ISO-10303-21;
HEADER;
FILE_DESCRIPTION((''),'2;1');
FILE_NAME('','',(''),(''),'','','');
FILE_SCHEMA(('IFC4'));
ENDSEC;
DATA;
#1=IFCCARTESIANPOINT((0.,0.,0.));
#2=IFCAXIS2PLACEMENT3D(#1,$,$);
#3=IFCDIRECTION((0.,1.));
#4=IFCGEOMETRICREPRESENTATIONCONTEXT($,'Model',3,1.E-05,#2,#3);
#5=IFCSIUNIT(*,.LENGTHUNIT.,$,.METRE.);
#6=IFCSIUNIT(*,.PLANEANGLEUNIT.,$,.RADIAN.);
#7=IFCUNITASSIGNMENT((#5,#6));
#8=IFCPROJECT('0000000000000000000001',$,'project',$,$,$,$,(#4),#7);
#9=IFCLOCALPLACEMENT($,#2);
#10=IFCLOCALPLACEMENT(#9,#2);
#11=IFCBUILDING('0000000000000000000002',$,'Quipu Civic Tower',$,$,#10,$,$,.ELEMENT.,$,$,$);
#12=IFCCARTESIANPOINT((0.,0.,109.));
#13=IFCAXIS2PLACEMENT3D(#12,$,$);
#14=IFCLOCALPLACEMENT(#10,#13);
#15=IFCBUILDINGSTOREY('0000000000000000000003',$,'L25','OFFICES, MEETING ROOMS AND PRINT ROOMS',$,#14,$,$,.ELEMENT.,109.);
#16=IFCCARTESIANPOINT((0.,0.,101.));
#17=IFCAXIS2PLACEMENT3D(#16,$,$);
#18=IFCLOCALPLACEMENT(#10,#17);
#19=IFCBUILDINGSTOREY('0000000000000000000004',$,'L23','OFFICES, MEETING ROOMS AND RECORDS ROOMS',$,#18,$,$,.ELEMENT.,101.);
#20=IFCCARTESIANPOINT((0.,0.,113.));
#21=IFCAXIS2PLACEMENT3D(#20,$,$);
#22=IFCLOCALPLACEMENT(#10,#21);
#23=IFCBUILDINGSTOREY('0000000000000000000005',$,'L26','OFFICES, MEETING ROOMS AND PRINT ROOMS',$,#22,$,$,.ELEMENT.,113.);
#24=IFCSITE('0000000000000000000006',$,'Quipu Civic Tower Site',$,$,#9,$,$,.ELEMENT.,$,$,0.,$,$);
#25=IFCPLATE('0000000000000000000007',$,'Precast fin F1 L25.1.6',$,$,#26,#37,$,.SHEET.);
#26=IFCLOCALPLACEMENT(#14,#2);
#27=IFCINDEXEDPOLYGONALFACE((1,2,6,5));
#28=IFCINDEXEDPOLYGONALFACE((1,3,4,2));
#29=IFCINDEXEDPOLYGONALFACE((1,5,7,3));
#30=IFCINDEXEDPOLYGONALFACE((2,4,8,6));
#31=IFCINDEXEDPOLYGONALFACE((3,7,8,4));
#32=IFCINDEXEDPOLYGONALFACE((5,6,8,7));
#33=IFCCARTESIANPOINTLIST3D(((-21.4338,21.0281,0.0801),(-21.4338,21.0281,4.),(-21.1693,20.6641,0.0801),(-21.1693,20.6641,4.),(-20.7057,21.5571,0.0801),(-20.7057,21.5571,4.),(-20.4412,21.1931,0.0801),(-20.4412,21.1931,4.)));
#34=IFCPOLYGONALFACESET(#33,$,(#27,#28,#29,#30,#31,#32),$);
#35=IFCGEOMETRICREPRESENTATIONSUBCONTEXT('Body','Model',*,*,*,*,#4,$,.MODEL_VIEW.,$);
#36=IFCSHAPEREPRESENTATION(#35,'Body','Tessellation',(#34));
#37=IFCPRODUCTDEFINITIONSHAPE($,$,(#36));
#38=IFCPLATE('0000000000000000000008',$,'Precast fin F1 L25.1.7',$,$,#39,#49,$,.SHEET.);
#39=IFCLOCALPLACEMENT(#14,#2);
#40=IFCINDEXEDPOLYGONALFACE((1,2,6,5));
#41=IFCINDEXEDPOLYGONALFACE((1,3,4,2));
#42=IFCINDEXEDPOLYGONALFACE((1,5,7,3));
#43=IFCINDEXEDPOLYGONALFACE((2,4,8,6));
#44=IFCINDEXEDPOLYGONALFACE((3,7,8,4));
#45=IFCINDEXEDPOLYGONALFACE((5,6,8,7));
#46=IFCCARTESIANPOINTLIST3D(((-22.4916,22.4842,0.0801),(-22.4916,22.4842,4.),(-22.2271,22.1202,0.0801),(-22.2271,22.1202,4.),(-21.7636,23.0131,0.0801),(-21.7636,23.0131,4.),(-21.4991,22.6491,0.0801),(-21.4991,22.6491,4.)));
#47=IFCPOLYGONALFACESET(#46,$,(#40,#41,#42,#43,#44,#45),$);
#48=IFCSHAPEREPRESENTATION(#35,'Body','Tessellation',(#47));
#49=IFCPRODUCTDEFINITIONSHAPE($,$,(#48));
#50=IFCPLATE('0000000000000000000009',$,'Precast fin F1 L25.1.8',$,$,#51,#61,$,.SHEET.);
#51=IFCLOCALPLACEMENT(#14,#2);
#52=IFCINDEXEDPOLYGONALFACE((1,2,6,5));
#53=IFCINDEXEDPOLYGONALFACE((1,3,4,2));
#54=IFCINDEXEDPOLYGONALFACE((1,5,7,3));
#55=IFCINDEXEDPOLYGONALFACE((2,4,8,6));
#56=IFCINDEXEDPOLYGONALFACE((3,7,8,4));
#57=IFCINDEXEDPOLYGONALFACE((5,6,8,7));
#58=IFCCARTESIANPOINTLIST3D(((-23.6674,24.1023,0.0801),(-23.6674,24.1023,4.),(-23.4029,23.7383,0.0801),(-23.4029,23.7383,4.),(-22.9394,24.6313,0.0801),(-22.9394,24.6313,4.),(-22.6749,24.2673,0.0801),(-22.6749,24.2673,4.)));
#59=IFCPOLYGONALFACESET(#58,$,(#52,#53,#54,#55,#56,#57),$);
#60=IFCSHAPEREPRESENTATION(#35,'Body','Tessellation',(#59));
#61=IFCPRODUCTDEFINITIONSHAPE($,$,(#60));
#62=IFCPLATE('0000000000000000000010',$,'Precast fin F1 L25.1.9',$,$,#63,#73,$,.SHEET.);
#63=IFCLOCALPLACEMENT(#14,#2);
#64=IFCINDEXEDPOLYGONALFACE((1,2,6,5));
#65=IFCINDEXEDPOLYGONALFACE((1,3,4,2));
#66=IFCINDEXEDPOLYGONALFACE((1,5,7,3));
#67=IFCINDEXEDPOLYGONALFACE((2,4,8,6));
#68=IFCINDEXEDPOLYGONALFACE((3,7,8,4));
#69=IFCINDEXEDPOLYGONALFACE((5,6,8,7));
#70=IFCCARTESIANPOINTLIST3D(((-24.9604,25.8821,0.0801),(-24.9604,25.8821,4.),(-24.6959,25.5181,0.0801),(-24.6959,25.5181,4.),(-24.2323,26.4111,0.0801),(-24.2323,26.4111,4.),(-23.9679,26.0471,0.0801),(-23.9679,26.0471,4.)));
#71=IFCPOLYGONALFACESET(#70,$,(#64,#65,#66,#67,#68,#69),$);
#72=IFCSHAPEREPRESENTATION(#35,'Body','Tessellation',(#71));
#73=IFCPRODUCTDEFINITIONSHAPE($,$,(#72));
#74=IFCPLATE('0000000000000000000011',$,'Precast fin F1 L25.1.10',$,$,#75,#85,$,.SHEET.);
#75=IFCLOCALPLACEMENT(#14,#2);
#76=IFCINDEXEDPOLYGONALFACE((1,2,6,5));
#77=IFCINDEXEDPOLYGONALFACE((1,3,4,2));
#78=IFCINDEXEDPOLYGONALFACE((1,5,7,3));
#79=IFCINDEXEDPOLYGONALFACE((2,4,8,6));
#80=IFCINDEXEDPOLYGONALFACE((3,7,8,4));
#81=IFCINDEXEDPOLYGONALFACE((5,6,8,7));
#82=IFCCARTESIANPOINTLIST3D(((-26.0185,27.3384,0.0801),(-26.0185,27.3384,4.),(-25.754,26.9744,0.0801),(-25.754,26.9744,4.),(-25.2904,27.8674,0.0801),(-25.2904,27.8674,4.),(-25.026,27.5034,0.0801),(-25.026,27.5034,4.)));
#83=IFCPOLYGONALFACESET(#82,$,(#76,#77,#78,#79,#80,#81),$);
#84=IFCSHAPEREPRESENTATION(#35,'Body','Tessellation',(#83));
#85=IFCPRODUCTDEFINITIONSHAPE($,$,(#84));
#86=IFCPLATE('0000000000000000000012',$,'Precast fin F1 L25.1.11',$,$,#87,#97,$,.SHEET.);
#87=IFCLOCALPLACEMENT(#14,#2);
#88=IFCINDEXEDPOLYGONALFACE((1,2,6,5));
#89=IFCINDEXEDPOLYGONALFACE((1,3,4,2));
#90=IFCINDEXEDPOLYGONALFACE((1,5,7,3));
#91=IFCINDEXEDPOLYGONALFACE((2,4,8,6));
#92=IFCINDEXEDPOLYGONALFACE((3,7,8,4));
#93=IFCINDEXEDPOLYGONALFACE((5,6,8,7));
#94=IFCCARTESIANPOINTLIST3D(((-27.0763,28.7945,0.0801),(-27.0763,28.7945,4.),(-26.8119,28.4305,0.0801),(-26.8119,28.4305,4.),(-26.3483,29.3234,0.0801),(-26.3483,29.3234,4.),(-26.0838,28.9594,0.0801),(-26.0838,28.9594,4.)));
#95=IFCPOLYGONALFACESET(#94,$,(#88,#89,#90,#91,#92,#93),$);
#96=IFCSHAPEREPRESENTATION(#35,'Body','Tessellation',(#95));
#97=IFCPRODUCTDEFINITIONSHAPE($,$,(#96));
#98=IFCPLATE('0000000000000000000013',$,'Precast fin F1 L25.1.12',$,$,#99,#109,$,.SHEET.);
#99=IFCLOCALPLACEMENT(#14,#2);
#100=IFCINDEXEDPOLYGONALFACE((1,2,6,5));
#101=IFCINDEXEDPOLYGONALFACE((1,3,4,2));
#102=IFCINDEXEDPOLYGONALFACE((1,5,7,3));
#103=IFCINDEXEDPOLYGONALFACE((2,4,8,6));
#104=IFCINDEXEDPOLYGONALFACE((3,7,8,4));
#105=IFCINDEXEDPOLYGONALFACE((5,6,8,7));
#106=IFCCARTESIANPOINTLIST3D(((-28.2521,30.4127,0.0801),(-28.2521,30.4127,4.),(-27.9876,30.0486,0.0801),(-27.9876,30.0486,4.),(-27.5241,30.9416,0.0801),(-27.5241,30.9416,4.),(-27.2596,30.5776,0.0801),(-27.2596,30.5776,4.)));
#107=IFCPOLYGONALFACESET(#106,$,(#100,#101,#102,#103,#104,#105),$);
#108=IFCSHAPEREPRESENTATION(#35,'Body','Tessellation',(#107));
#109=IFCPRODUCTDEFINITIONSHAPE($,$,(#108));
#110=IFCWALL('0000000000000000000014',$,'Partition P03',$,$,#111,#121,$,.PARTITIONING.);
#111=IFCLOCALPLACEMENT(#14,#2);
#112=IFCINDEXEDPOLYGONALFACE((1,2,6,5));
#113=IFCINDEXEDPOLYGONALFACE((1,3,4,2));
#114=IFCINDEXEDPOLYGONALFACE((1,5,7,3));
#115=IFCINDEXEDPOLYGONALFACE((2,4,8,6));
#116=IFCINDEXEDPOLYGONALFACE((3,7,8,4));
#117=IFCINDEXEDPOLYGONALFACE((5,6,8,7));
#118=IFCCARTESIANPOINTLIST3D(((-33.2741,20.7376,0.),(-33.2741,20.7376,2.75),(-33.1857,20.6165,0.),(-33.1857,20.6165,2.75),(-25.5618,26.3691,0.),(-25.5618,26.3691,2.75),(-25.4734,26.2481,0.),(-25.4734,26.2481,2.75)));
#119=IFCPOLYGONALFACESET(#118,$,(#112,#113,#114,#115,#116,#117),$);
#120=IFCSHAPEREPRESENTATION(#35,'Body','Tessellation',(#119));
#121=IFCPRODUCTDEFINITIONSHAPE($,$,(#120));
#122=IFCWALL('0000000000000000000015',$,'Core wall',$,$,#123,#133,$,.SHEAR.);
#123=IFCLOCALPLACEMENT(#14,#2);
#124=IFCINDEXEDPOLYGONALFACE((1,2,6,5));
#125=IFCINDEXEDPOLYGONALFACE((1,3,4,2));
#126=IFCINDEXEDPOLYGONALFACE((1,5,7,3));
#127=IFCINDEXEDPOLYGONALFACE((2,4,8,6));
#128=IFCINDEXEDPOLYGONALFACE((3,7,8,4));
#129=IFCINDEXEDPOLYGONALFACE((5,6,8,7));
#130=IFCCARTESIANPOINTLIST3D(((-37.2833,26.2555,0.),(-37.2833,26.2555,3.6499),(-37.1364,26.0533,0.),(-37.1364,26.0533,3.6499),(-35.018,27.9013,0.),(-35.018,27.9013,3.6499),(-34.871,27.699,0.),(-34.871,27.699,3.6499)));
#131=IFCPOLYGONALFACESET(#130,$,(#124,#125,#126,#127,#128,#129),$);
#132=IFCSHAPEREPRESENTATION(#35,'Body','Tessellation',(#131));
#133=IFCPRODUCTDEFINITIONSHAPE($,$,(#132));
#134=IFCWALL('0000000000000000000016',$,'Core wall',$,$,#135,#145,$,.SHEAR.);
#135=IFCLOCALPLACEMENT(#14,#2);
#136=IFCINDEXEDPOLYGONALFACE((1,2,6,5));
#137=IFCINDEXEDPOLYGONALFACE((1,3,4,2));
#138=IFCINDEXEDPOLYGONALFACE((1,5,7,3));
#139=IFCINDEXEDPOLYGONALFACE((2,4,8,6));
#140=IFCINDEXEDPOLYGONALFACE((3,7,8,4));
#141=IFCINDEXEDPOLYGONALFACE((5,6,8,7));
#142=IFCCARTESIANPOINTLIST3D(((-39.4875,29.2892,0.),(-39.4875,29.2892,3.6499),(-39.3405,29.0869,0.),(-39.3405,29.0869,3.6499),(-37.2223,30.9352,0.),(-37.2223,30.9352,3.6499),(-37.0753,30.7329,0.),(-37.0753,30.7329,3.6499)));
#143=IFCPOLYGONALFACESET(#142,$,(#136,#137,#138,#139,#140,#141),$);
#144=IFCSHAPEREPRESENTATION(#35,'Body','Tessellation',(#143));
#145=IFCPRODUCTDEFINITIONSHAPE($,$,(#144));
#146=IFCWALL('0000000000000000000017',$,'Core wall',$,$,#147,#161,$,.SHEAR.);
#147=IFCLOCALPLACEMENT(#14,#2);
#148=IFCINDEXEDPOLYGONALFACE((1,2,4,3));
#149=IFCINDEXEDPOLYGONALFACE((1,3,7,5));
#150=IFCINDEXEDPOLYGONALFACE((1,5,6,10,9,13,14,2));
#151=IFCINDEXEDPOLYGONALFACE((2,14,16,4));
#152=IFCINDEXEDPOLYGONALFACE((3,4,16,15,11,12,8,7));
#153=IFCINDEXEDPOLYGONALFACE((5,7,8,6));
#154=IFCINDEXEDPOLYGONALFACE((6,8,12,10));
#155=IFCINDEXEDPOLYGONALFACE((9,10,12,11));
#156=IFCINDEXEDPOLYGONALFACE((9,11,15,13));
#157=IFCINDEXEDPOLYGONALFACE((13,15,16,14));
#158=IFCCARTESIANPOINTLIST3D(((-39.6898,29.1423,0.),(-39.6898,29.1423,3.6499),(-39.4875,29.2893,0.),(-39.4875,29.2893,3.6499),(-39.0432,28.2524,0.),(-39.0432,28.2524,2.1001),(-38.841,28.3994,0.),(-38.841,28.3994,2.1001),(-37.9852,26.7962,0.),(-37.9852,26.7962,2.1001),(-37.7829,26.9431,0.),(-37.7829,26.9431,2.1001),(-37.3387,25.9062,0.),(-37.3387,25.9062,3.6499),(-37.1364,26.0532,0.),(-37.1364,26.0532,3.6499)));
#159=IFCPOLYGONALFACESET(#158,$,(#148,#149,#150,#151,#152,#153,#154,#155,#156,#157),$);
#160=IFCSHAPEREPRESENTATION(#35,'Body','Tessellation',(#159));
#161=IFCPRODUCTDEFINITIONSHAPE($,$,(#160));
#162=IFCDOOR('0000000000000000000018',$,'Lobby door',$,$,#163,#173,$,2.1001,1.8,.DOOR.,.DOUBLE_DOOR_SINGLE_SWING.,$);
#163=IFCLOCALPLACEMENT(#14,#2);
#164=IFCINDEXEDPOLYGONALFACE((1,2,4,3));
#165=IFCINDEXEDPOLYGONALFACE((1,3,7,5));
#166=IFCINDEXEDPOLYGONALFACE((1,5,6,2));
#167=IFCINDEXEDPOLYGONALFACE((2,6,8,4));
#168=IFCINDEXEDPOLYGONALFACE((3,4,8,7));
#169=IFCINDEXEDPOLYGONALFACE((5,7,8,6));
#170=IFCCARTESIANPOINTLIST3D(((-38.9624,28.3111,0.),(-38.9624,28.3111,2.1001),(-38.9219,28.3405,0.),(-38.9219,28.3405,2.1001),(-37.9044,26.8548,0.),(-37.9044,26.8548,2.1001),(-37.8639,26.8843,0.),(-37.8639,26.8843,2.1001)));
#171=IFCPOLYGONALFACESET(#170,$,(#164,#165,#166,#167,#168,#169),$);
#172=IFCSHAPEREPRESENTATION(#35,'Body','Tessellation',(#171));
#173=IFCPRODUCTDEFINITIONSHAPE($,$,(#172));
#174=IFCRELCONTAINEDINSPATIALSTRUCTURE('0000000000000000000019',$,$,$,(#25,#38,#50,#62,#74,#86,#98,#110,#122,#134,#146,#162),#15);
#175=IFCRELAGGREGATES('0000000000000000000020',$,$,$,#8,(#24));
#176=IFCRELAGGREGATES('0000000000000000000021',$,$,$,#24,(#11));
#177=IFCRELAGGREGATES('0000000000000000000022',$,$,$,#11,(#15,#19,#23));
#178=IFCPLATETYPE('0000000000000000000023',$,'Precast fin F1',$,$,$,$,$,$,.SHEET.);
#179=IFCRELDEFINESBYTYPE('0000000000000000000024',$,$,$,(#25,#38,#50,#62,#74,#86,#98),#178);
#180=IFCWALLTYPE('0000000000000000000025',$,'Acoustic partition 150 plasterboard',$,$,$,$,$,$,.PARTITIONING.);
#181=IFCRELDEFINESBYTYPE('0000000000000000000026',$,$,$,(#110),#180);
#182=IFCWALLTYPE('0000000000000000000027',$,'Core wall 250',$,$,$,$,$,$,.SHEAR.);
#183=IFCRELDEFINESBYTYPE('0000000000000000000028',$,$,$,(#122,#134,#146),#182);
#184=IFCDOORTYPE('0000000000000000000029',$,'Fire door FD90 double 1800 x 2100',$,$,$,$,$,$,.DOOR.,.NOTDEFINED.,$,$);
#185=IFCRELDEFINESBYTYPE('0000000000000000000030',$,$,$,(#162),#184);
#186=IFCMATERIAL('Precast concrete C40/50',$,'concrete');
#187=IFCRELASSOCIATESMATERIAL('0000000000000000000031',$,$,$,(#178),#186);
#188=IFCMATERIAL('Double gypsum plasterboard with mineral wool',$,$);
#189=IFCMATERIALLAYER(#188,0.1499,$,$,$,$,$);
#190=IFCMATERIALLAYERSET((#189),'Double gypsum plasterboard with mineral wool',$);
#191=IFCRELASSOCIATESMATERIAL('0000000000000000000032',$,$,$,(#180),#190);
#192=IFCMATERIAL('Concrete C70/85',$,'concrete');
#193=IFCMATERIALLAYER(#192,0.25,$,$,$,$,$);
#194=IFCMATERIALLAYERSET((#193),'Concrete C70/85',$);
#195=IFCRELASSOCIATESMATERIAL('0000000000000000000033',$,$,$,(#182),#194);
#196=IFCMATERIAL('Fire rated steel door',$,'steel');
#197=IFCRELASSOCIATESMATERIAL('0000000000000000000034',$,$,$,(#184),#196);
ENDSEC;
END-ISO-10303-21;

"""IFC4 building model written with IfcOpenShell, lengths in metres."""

from ifc_helpers import new_model, si_unit, direction, frame, frame_2d, origin, origin_2d, place, context, subcontext, project, spatial, rectangle, extrude, material, layer, layer_set, type_object, element, fill, save


model = new_model("IFC4")

# Units and contexts
model_context = context("Model", 3, precision=1e-05, world=origin(), true_north=direction((0.0, 1.0)))
body_context = subcontext(model_context, "Body", "Model", "MODEL_VIEW")
ifc_project = project(units=[si_unit("LENGTHUNIT", "METRE"), si_unit("PLANEANGLEUNIT", "RADIAN")], contexts=[model_context])

# Site, building, storey
site_placement = place(None, origin())
site = spatial("IfcSite", under=ifc_project, at=site_placement, Name="Quipu Civic Tower Site", CompositionType="ELEMENT", RefElevation=0.0)
building_placement = place(site_placement, origin())
building = spatial("IfcBuilding", under=site, at=building_placement, Name="Quipu Civic Tower", CompositionType="ELEMENT")
storey_1_placement = place(building_placement, frame((0.0, 0.0, 109.0)))
storey_1 = spatial("IfcBuildingStorey", under=building, at=storey_1_placement, Name="L25", Description="OFFICES, MEETING ROOMS AND PRINT ROOMS", CompositionType="ELEMENT", Elevation=109.0)

# Shared definitions
storey_2_placement = place(building_placement, frame((0.0, 0.0, 101.0)))
storey_2 = spatial("IfcBuildingStorey", under=building, at=storey_2_placement, Name="L23", Description="OFFICES, MEETING ROOMS AND RECORDS ROOMS", CompositionType="ELEMENT", Elevation=101.0)

# Shared definitions
storey_3_placement = place(building_placement, frame((0.0, 0.0, 113.0)))
storey_3 = spatial("IfcBuildingStorey", under=building, at=storey_3_placement, Name="L26", Description="OFFICES, MEETING ROOMS AND PRINT ROOMS", CompositionType="ELEMENT", Elevation=113.0)

# Plates
ifc_material_1 = material(Name="Precast concrete C40/50", Category="concrete")
plate_type_1 = type_object("IfcPlateType", Name="Precast fin F1", PredefinedType="SHEET", material=ifc_material_1)
for number, where, z_axis, x_axis, name in (
    (1, (-20.9375, 21.1106, 0.0801), (0.0, 0.0, 1.0), (-0.587785, 0.809017, 0.0), "Precast fin F1 L25.1.6"),
    (2, (-21.9954, 22.5667, 0.0801), (0.0, 0.0, 1.0), (-0.587785, 0.809017, 0.0), "Precast fin F1 L25.1.7"),
    (3, (-23.1711, 24.1848, 0.0801), (0.0, 0.0, 1.0), (-0.587785, 0.809017, 0.0), "Precast fin F1 L25.1.8"),
    (4, (-24.4641, 25.9646, 0.0801), (0.0, 0.0, 1.0), (-0.587785, 0.809017, 0.0), "Precast fin F1 L25.1.9"),
    (5, (-25.5222, 27.4209, 0.0801), (0.0, 0.0, 1.0), (-0.587785, 0.809017, 0.0), "Precast fin F1 L25.1.10"),
    (6, (-26.5801, 28.877, 0.0801), (0.0, 0.0, 1.0), (-0.587785, 0.809017, 0.0), "Precast fin F1 L25.1.11"),
    (7, (-27.7559, 30.4951, 0.0801), (0.0, 0.0, 1.0), (-0.587785, 0.809017, 0.0), "Precast fin F1 L25.1.12"),
):
    element("IfcPlate", number, at=place(storey_1_placement, frame(where, z_axis=z_axis, x_axis=x_axis)), inside=storey_1, type_object=plate_type_1, Name=name, PredefinedType="SHEET", context=body_context, shape_type="SweptSolid", body=[
        extrude(rectangle(XDim=0.45, YDim=0.8999, at=origin_2d()), origin(), (0.0, 0.0, 1.0), 3.9199),
    ])

# Walls
ifc_material_2 = material(Name="Double gypsum plasterboard with mineral wool")
ifc_layer_1 = layer(ifc_material_2, 0.1499)
ifc_layer_set_1 = layer_set([ifc_layer_1], Name="Double gypsum plasterboard with mineral wool")
wall_type_1 = type_object("IfcWallType", Name="Acoustic partition 150 plasterboard", PredefinedType="PARTITIONING", material=ifc_layer_set_1)
wall_1_placement = place(storey_1_placement, frame((-33.23, 20.677, 0.0), z_axis=(0.0, 0.0, 1.0), x_axis=(0.80761, 0.589717, 0.0)))
element("IfcWall", 8, at=wall_1_placement, inside=storey_1, type_object=wall_type_1, Name="Partition P03", PredefinedType="PARTITIONING", context=body_context, shape_type="SweptSolid", body=[
    extrude(rectangle(XDim=9.5496, YDim=0.1499, at=frame_2d((4.7749, 0.0))), origin(), (0.0, 0.0, 1.0), 2.75),
])
ifc_material_3 = material(Name="Concrete C70/85", Category="concrete")
ifc_layer_2 = layer(ifc_material_3, 0.25)
ifc_layer_set_2 = layer_set([ifc_layer_2], Name="Concrete C70/85")
wall_type_2 = type_object("IfcWallType", Name="Core wall 250", PredefinedType="SHEAR", material=ifc_layer_set_2)
for number, where, z_axis, x_axis, name in (
    (9, (-34.9446, 27.8, 0.0), (0.0, 0.0, 1.0), (-0.809041, -0.587752, 0.0), "Core wall"),
    (10, (-37.1489, 30.834, 0.0), (0.0, 0.0, 1.0), (-0.80897, -0.58785, 0.0), "Core wall"),
):
    element("IfcWall", number, at=place(storey_1_placement, frame(where, z_axis=z_axis, x_axis=x_axis)), inside=storey_1, type_object=wall_type_2, Name=name, PredefinedType="SHEAR", context=body_context, shape_type="SweptSolid", body=[
        extrude(rectangle(XDim=2.8, YDim=0.25, at=frame_2d((1.3999, 0.0))), origin(), (0.0, 0.0, 1.0), 3.6499),
    ])

# Wall, opening, door
wall_2_placement = place(storey_1_placement, frame((-39.5886, 29.2158, 0.0), z_axis=(0.0, 0.0, 1.0), x_axis=(0.587772, -0.809026, 0.0)))
wall_2 = element("IfcWall", 11, at=wall_2_placement, inside=storey_1, type_object=wall_type_2, Name="Core wall", PredefinedType="SHEAR", context=body_context, shape_type="SweptSolid", body=[
    extrude(rectangle(XDim=4.0, YDim=0.25, at=frame_2d((2.0, 0.0))), origin(), (0.0, 0.0, 1.0), 3.6499),
])
opening_1_placement = place(wall_2_placement, frame((1.1001, 0.0, 0.0)))
opening_1 = element("IfcOpeningElement", 12, at=opening_1_placement, cuts=wall_2, PredefinedType="OPENING", context=body_context, shape_type="SweptSolid", body=[
    extrude(rectangle(XDim=1.8, YDim=2.1001, at=frame_2d((0.8999, 1.05))), frame((0.0, 0.135, 0.0), z_axis=(0.0, -1.0, 0.0), x_axis=(1.0, 0.0, 0.0)), (0.0, 0.0, 1.0), 0.27),
])
ifc_material_4 = material(Name="Fire rated steel door", Category="steel")
door_type_1 = type_object("IfcDoorType", Name="Fire door FD90 double 1800 x 2100", OperationType="NOTDEFINED", PredefinedType="DOOR", material=ifc_material_4)
door_1_placement = place(opening_1_placement, origin())
door_1 = element("IfcDoor", 13, at=door_1_placement, inside=storey_1, type_object=door_type_1, Name="Lobby door", OperationType="DOUBLE_DOOR_SINGLE_SWING", OverallHeight=2.1001, OverallWidth=1.8, PredefinedType="DOOR", context=body_context, shape_type="SweptSolid", body=[
    extrude(rectangle(XDim=1.8, YDim=2.1001, at=frame_2d((0.8999, 1.05))), frame((0.0, 0.0249, 0.0), z_axis=(0.0, -1.0, 0.0), x_axis=(1.0, 0.0, 0.0)), (0.0, 0.0, 1.0), 0.05),
])
fill(opening_1, door_1)

save(model, "model.ifc")
